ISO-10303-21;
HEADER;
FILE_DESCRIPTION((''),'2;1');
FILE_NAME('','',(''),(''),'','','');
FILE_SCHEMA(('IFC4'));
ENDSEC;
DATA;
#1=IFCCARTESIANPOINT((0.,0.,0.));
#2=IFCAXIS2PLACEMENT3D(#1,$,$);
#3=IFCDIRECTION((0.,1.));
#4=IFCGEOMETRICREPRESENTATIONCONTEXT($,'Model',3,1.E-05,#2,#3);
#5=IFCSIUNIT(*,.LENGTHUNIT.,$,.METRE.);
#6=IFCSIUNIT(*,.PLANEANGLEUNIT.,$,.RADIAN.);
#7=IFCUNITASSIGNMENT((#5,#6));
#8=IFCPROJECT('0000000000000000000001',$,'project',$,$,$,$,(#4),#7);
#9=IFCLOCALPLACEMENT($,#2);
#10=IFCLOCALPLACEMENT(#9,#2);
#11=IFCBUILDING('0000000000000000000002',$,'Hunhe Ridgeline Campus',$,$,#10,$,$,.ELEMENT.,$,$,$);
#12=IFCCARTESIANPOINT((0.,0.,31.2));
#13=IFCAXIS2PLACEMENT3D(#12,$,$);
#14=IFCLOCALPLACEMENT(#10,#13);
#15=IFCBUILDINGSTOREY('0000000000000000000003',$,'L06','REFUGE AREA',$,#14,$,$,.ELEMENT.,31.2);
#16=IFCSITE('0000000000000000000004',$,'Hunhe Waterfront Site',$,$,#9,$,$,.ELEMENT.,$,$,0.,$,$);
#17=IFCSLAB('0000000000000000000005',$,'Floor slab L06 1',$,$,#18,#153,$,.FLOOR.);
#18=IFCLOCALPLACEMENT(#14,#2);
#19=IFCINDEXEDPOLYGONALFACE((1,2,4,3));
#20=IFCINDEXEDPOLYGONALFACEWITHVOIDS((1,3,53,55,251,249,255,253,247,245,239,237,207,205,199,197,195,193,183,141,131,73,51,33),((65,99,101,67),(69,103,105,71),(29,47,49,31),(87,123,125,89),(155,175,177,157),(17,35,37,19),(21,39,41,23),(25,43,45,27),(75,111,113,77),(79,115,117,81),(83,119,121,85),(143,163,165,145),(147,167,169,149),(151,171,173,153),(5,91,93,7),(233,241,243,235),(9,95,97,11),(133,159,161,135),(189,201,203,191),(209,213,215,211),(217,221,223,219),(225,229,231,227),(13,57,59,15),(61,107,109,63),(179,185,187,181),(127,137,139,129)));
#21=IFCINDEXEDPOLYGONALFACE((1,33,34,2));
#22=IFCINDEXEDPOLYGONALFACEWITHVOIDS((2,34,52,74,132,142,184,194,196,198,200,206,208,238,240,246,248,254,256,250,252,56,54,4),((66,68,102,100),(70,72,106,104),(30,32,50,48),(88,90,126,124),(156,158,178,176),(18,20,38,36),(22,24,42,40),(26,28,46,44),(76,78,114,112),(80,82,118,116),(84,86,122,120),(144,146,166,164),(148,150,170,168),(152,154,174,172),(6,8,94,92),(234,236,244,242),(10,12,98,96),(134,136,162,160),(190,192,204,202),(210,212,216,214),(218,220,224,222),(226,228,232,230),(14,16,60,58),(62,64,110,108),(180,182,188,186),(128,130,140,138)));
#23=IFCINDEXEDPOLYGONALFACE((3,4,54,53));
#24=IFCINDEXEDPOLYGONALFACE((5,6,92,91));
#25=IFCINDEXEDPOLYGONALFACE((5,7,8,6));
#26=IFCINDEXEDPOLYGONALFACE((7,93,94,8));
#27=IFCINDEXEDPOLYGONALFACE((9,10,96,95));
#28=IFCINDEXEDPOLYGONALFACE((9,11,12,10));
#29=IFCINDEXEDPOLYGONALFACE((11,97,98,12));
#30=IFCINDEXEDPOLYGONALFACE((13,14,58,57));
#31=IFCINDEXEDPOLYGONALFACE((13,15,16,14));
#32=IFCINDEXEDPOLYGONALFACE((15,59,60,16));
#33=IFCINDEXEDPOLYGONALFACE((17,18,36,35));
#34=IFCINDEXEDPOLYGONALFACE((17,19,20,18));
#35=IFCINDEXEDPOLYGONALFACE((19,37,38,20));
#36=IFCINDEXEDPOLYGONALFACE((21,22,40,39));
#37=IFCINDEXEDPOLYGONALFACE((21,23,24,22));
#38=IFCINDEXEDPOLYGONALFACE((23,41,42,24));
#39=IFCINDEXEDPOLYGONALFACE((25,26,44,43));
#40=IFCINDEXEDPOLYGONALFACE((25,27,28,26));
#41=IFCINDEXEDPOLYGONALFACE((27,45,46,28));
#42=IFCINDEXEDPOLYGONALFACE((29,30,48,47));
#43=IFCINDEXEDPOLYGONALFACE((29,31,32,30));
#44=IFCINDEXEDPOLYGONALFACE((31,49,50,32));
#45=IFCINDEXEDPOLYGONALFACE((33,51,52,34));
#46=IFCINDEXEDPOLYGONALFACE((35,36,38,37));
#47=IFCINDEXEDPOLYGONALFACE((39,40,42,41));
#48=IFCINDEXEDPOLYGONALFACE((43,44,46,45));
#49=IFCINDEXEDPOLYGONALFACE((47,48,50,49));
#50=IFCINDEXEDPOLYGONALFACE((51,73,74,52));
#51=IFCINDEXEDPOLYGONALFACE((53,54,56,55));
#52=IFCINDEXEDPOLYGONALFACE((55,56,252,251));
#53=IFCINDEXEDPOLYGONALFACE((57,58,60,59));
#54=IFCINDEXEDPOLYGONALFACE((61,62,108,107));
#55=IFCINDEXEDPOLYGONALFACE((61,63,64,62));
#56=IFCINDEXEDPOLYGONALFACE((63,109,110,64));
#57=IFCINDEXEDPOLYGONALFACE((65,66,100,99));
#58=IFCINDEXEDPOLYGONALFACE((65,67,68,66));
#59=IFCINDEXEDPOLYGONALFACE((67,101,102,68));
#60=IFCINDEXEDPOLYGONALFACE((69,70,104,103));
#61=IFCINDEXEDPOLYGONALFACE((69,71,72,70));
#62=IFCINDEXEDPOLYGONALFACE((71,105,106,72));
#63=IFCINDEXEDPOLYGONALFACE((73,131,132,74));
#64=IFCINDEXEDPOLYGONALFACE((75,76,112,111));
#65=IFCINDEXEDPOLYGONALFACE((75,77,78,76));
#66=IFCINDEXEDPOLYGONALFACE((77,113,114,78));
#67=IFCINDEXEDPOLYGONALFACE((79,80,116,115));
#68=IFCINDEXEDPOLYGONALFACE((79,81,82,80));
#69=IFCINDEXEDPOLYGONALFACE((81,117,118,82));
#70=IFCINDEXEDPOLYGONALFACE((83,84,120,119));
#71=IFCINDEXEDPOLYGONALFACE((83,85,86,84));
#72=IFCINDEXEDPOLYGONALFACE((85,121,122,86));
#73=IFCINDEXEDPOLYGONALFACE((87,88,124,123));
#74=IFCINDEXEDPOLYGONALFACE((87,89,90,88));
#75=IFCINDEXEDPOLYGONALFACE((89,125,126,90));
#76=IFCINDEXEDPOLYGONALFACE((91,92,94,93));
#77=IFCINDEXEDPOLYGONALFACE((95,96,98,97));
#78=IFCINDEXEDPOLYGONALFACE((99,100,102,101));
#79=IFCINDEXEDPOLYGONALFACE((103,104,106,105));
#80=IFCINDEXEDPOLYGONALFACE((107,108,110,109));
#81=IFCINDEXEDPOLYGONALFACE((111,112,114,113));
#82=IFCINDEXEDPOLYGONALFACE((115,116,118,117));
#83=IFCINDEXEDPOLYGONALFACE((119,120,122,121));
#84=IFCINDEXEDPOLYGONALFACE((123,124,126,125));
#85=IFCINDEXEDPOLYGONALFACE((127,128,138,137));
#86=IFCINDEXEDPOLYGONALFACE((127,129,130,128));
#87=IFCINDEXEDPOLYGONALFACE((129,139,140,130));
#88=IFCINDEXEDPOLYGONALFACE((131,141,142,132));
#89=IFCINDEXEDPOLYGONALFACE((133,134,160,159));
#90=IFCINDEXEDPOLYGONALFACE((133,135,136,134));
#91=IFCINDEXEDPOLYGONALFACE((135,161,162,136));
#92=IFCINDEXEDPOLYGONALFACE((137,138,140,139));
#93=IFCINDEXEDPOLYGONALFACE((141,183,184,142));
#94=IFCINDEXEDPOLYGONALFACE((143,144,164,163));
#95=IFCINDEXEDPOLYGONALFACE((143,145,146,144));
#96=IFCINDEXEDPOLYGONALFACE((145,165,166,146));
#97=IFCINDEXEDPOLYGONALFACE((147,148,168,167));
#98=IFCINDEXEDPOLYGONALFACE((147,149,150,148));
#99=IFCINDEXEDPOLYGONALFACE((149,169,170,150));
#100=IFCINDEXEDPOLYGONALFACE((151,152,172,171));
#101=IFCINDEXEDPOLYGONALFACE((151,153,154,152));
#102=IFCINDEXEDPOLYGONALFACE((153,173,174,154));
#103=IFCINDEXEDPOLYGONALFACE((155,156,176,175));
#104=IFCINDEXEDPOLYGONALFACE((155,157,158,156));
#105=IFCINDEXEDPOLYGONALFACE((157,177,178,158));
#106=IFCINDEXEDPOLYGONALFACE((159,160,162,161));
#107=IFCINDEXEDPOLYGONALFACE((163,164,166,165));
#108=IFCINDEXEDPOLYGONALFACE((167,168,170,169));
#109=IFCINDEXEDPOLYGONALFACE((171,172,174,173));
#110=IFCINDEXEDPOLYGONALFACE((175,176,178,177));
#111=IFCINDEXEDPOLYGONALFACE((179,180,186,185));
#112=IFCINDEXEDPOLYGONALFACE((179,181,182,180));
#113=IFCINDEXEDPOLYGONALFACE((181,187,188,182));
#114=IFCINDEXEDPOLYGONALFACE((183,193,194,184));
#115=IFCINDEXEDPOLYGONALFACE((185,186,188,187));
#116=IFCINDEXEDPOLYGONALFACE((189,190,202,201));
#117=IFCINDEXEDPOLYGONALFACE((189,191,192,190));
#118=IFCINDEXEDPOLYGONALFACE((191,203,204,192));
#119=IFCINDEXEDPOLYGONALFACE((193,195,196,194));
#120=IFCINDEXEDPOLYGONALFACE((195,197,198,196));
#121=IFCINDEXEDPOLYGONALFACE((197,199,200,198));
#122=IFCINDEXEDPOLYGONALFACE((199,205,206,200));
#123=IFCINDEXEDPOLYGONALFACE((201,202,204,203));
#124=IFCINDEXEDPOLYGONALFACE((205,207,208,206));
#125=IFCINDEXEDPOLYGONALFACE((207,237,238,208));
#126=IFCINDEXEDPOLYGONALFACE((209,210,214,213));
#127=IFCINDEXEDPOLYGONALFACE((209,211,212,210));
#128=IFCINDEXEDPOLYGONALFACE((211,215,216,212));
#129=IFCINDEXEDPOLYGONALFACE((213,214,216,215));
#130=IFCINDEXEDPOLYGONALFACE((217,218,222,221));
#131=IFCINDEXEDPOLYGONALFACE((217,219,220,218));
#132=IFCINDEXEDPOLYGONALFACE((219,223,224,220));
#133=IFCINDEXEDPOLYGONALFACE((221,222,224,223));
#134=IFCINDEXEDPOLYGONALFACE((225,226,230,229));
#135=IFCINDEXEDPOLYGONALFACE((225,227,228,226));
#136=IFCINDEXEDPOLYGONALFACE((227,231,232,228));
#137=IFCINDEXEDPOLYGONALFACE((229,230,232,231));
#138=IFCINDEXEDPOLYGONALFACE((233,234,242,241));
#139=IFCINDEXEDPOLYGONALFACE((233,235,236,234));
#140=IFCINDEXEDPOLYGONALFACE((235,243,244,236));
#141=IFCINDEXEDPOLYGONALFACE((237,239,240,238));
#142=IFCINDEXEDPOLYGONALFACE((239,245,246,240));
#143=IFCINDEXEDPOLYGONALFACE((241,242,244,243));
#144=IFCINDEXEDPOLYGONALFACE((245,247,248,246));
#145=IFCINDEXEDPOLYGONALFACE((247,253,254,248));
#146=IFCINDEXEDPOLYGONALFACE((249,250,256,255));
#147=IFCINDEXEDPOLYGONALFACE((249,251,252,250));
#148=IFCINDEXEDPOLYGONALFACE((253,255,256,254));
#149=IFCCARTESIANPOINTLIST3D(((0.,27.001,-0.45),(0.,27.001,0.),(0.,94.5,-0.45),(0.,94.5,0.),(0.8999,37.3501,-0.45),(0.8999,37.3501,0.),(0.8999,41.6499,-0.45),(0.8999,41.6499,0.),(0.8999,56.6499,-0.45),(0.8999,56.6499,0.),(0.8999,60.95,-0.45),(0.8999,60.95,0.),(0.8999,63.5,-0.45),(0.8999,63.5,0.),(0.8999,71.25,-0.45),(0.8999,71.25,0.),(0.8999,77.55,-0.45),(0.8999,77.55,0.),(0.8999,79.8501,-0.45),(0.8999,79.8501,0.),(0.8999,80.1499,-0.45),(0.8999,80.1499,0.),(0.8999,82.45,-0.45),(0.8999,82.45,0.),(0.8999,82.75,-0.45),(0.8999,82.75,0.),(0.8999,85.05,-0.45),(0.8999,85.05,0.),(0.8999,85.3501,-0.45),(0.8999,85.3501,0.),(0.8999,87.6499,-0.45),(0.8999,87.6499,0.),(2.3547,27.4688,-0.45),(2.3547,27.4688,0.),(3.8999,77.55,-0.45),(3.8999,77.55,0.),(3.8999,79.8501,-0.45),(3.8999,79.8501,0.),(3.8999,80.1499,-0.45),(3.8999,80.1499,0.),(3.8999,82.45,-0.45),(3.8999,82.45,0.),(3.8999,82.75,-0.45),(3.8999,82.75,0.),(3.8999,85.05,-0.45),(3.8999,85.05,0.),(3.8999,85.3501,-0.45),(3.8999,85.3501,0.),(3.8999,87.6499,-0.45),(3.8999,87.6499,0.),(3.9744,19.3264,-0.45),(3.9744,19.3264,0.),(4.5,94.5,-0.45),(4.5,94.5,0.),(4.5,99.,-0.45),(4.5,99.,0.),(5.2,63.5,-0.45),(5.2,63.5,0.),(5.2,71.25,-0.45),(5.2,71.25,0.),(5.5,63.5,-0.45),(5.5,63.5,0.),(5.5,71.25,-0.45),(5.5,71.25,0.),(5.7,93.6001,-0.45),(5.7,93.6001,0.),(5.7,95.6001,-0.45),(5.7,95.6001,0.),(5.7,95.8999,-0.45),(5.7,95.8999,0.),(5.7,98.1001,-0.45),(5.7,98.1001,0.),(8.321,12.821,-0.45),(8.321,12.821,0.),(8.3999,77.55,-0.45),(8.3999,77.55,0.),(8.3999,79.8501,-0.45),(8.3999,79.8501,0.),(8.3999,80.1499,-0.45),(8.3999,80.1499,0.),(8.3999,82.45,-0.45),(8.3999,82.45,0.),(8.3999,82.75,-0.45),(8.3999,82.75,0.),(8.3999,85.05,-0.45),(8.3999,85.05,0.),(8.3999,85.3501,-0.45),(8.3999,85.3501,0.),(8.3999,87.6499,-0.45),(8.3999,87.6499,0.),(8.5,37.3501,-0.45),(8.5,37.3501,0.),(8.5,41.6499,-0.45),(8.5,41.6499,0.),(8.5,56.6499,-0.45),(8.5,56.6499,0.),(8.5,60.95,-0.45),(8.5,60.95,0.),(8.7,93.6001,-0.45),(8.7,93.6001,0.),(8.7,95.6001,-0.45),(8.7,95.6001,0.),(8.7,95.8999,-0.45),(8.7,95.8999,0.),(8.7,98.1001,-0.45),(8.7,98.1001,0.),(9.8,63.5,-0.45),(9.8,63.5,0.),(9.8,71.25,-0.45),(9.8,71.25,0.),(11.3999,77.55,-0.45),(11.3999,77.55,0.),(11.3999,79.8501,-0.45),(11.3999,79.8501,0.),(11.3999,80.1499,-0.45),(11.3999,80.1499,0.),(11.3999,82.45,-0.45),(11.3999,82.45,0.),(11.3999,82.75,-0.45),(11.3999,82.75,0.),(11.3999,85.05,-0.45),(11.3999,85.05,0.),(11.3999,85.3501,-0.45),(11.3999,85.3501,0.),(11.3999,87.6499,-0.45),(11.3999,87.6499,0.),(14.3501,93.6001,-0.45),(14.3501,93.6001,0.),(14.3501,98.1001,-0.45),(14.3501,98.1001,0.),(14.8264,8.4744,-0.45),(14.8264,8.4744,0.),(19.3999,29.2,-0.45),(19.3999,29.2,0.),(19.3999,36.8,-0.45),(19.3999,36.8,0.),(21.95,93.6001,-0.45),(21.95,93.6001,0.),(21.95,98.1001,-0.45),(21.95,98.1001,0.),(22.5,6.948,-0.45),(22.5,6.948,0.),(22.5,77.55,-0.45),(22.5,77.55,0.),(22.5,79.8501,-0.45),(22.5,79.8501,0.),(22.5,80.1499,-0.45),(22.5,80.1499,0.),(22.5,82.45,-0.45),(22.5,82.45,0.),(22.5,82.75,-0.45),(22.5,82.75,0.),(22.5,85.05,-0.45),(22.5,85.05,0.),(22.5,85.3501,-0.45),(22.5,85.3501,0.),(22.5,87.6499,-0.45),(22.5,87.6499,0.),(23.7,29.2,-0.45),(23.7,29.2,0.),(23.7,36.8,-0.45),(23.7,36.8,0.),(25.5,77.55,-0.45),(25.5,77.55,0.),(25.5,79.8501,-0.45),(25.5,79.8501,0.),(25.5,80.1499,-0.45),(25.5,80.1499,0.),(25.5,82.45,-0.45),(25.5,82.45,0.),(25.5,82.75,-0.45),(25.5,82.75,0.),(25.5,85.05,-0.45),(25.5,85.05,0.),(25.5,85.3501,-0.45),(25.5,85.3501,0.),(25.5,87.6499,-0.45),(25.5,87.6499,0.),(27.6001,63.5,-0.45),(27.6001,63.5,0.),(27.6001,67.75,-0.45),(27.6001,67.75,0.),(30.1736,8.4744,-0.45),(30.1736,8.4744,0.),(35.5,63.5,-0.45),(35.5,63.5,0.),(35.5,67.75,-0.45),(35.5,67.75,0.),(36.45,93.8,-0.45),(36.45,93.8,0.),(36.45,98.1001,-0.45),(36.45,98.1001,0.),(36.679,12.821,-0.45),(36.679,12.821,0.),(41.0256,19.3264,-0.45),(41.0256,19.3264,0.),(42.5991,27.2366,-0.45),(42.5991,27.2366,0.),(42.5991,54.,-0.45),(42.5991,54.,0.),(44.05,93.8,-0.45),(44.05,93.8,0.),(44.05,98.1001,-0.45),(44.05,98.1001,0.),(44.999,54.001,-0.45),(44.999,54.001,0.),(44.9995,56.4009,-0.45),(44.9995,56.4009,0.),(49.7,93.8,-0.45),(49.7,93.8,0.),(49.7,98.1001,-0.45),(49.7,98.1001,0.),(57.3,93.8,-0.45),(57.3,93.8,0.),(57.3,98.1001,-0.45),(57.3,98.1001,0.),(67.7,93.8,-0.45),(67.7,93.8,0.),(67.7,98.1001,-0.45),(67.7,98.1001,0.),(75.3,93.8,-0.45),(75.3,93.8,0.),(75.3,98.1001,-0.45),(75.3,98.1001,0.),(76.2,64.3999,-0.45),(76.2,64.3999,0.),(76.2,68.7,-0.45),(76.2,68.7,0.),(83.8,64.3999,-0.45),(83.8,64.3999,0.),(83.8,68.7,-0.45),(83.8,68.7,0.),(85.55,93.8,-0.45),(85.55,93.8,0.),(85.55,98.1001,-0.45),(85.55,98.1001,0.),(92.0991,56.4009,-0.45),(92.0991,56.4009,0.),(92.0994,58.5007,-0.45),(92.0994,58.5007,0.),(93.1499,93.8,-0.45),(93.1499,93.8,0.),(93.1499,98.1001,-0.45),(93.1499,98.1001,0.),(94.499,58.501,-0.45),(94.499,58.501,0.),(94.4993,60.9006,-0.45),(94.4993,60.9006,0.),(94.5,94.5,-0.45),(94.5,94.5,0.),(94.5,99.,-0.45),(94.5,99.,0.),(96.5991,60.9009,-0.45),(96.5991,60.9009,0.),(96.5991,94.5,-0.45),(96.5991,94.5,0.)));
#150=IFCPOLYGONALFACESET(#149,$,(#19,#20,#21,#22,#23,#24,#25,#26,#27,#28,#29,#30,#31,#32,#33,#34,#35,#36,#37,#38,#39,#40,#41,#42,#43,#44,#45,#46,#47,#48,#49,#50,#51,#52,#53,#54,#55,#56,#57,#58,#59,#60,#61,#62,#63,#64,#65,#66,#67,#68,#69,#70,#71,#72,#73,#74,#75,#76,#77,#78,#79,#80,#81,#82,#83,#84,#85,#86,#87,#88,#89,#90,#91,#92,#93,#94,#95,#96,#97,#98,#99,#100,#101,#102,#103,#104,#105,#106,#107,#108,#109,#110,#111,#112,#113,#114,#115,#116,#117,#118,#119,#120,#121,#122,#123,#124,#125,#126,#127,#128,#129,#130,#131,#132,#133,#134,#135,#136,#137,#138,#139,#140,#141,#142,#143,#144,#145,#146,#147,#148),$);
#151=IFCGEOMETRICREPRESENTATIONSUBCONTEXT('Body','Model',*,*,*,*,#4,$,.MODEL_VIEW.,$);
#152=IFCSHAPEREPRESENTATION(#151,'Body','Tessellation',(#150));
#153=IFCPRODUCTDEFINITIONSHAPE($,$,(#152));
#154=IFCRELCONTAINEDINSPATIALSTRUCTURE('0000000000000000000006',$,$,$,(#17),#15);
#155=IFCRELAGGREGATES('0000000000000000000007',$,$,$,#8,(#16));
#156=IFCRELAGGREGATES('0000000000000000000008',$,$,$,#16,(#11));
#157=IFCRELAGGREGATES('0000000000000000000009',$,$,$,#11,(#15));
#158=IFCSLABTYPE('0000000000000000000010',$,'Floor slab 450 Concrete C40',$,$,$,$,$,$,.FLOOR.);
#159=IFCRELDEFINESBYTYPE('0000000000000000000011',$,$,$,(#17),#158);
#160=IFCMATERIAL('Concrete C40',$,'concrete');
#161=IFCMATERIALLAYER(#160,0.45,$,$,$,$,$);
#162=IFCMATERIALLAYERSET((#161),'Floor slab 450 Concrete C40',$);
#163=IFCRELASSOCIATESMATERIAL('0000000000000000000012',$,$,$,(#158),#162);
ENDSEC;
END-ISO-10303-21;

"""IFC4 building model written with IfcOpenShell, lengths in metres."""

from ifc_helpers import new_model, si_unit, direction, frame, origin, place, context, subcontext, project, spatial, polyline, outline, extrude, material, layer, layer_set, type_object, element, save


model = new_model("IFC4")

# Units and contexts
model_context = context("Model", 3, precision=1e-05, world=origin(), true_north=direction((0.0, 1.0)))
body_context = subcontext(model_context, "Body", "Model", "MODEL_VIEW")
ifc_project = project(units=[si_unit("LENGTHUNIT", "METRE"), si_unit("PLANEANGLEUNIT", "RADIAN")], contexts=[model_context])

# Site, building, storey
site_placement = place(None, origin())
site = spatial("IfcSite", under=ifc_project, at=site_placement, Name="Hunhe Waterfront Site", CompositionType="ELEMENT", RefElevation=0.0)
building_placement = place(site_placement, origin())
building = spatial("IfcBuilding", under=site, at=building_placement, Name="Hunhe Ridgeline Campus", CompositionType="ELEMENT")
storey_placement = place(building_placement, frame((0.0, 0.0, 31.2)))
storey = spatial("IfcBuildingStorey", under=building, at=storey_placement, Name="L06", Description="REFUGE AREA", CompositionType="ELEMENT", Elevation=31.2)

# Slab
ifc_material_1 = material(Name="Concrete C40", Category="concrete")
ifc_layer_1 = layer(ifc_material_1, 0.45)
ifc_layer_set_1 = layer_set([ifc_layer_1], Name="Floor slab 450 Concrete C40")
slab_type_1 = type_object("IfcSlabType", Name="Floor slab 450 Concrete C40", PredefinedType="FLOOR", material=ifc_layer_set_1)
slab_1_placement = place(storey_placement, frame((0.0, 0.0, -0.45)))
element("IfcSlab", 1, at=slab_1_placement, inside=storey, type_object=slab_type_1, Name="Floor slab L06 1", PredefinedType="FLOOR", context=body_context, shape_type="SweptSolid", body=[
    extrude(outline(polyline([(4.5, 94.5), (0.0, 94.5), (0.0, 27.001), (2.3547, 27.4688), (3.9744, 19.3264), (8.321, 12.821), (14.8264, 8.4744), (22.5, 6.948), (30.1736, 8.4744), (36.679, 12.821), (41.0256, 19.3264), (42.5991, 27.2366), (42.5991, 54.0), (44.999, 54.001), (44.9995, 56.4009), (92.0991, 56.4009), (92.0994, 58.5007), (94.499, 58.501), (94.4993, 60.9006), (96.5991, 60.9009), (96.5991, 94.5), (94.5, 94.5), (94.5, 99.0), (4.5, 99.0), (4.5, 94.5)]), holes=[polyline([(93.1499, 93.8), (93.1499, 98.1001), (85.55, 98.1001), (85.55, 93.8), (93.1499, 93.8)]), polyline([(76.2, 68.7), (76.2, 64.3999), (83.8, 64.3999), (83.8, 68.7), (76.2, 68.7)]), polyline([(75.3, 98.1001), (67.7, 98.1001), (67.7, 93.8), (75.3, 93.8), (75.3, 98.1001)]), polyline([(49.7, 98.1001), (49.7, 93.8), (57.3, 93.8), (57.3, 98.1001), (49.7, 98.1001)]), polyline([(36.45, 93.8), (44.05, 93.8), (44.05, 98.1001), (36.45, 98.1001), (36.45, 93.8)]), polyline([(35.5, 63.5), (35.5, 67.75), (27.6001, 67.75), (27.6001, 63.5), (35.5, 63.5)]), polyline([(25.5, 80.1499), (25.5, 82.45), (22.5, 82.45), (22.5, 80.1499), (25.5, 80.1499)]), polyline([(25.5, 79.8501), (22.5, 79.8501), (22.5, 77.55), (25.5, 77.55), (25.5, 79.8501)]), polyline([(22.5, 87.6499), (22.5, 85.3501), (25.5, 85.3501), (25.5, 87.6499), (22.5, 87.6499)]), polyline([(22.5, 82.75), (25.5, 82.75), (25.5, 85.05), (22.5, 85.05), (22.5, 82.75)]), polyline([(23.7, 29.2), (23.7, 36.8), (19.3999, 36.8), (19.3999, 29.2), (23.7, 29.2)]), polyline([(14.3501, 93.6001), (21.95, 93.6001), (21.95, 98.1001), (14.3501, 98.1001), (14.3501, 93.6001)]), polyline([(11.3999, 79.8501), (8.3999, 79.8501), (8.3999, 77.55), (11.3999, 77.55), (11.3999, 79.8501)]), polyline([(11.3999, 80.1499), (11.3999, 82.45), (8.3999, 82.45), (8.3999, 80.1499), (11.3999, 80.1499)]), polyline([(8.3999, 87.6499), (8.3999, 85.3501), (11.3999, 85.3501), (11.3999, 87.6499), (8.3999, 87.6499)]), polyline([(8.3999, 82.75), (11.3999, 82.75), (11.3999, 85.05), (8.3999, 85.05), (8.3999, 82.75)]), polyline([(9.8, 71.25), (5.5, 71.25), (5.5, 63.5), (9.8, 63.5), (9.8, 71.25)]), polyline([(8.7, 95.8999), (8.7, 98.1001), (5.7, 98.1001), (5.7, 95.8999), (8.7, 95.8999)]), polyline([(8.7, 95.6001), (5.7, 95.6001), (5.7, 93.6001), (8.7, 93.6001), (8.7, 95.6001)]), polyline([(0.8999, 37.3501), (8.5, 37.3501), (8.5, 41.6499), (0.8999, 41.6499), (0.8999, 37.3501)]), polyline([(0.8999, 60.95), (0.8999, 56.6499), (8.5, 56.6499), (8.5, 60.95), (0.8999, 60.95)]), polyline([(0.8999, 71.25), (0.8999, 63.5), (5.2, 63.5), (5.2, 71.25), (0.8999, 71.25)]), polyline([(3.8999, 80.1499), (3.8999, 82.45), (0.8999, 82.45), (0.8999, 80.1499), (3.8999, 80.1499)]), polyline([(3.8999, 79.8501), (0.8999, 79.8501), (0.8999, 77.55), (3.8999, 77.55), (3.8999, 79.8501)]), polyline([(0.8999, 87.6499), (0.8999, 85.3501), (3.8999, 85.3501), (3.8999, 87.6499), (0.8999, 87.6499)]), polyline([(0.8999, 82.75), (3.8999, 82.75), (3.8999, 85.05), (0.8999, 85.05), (0.8999, 82.75)])]), origin(), (0.0, 0.0, 1.0), 0.45),
])

save(model, "model.ifc")
